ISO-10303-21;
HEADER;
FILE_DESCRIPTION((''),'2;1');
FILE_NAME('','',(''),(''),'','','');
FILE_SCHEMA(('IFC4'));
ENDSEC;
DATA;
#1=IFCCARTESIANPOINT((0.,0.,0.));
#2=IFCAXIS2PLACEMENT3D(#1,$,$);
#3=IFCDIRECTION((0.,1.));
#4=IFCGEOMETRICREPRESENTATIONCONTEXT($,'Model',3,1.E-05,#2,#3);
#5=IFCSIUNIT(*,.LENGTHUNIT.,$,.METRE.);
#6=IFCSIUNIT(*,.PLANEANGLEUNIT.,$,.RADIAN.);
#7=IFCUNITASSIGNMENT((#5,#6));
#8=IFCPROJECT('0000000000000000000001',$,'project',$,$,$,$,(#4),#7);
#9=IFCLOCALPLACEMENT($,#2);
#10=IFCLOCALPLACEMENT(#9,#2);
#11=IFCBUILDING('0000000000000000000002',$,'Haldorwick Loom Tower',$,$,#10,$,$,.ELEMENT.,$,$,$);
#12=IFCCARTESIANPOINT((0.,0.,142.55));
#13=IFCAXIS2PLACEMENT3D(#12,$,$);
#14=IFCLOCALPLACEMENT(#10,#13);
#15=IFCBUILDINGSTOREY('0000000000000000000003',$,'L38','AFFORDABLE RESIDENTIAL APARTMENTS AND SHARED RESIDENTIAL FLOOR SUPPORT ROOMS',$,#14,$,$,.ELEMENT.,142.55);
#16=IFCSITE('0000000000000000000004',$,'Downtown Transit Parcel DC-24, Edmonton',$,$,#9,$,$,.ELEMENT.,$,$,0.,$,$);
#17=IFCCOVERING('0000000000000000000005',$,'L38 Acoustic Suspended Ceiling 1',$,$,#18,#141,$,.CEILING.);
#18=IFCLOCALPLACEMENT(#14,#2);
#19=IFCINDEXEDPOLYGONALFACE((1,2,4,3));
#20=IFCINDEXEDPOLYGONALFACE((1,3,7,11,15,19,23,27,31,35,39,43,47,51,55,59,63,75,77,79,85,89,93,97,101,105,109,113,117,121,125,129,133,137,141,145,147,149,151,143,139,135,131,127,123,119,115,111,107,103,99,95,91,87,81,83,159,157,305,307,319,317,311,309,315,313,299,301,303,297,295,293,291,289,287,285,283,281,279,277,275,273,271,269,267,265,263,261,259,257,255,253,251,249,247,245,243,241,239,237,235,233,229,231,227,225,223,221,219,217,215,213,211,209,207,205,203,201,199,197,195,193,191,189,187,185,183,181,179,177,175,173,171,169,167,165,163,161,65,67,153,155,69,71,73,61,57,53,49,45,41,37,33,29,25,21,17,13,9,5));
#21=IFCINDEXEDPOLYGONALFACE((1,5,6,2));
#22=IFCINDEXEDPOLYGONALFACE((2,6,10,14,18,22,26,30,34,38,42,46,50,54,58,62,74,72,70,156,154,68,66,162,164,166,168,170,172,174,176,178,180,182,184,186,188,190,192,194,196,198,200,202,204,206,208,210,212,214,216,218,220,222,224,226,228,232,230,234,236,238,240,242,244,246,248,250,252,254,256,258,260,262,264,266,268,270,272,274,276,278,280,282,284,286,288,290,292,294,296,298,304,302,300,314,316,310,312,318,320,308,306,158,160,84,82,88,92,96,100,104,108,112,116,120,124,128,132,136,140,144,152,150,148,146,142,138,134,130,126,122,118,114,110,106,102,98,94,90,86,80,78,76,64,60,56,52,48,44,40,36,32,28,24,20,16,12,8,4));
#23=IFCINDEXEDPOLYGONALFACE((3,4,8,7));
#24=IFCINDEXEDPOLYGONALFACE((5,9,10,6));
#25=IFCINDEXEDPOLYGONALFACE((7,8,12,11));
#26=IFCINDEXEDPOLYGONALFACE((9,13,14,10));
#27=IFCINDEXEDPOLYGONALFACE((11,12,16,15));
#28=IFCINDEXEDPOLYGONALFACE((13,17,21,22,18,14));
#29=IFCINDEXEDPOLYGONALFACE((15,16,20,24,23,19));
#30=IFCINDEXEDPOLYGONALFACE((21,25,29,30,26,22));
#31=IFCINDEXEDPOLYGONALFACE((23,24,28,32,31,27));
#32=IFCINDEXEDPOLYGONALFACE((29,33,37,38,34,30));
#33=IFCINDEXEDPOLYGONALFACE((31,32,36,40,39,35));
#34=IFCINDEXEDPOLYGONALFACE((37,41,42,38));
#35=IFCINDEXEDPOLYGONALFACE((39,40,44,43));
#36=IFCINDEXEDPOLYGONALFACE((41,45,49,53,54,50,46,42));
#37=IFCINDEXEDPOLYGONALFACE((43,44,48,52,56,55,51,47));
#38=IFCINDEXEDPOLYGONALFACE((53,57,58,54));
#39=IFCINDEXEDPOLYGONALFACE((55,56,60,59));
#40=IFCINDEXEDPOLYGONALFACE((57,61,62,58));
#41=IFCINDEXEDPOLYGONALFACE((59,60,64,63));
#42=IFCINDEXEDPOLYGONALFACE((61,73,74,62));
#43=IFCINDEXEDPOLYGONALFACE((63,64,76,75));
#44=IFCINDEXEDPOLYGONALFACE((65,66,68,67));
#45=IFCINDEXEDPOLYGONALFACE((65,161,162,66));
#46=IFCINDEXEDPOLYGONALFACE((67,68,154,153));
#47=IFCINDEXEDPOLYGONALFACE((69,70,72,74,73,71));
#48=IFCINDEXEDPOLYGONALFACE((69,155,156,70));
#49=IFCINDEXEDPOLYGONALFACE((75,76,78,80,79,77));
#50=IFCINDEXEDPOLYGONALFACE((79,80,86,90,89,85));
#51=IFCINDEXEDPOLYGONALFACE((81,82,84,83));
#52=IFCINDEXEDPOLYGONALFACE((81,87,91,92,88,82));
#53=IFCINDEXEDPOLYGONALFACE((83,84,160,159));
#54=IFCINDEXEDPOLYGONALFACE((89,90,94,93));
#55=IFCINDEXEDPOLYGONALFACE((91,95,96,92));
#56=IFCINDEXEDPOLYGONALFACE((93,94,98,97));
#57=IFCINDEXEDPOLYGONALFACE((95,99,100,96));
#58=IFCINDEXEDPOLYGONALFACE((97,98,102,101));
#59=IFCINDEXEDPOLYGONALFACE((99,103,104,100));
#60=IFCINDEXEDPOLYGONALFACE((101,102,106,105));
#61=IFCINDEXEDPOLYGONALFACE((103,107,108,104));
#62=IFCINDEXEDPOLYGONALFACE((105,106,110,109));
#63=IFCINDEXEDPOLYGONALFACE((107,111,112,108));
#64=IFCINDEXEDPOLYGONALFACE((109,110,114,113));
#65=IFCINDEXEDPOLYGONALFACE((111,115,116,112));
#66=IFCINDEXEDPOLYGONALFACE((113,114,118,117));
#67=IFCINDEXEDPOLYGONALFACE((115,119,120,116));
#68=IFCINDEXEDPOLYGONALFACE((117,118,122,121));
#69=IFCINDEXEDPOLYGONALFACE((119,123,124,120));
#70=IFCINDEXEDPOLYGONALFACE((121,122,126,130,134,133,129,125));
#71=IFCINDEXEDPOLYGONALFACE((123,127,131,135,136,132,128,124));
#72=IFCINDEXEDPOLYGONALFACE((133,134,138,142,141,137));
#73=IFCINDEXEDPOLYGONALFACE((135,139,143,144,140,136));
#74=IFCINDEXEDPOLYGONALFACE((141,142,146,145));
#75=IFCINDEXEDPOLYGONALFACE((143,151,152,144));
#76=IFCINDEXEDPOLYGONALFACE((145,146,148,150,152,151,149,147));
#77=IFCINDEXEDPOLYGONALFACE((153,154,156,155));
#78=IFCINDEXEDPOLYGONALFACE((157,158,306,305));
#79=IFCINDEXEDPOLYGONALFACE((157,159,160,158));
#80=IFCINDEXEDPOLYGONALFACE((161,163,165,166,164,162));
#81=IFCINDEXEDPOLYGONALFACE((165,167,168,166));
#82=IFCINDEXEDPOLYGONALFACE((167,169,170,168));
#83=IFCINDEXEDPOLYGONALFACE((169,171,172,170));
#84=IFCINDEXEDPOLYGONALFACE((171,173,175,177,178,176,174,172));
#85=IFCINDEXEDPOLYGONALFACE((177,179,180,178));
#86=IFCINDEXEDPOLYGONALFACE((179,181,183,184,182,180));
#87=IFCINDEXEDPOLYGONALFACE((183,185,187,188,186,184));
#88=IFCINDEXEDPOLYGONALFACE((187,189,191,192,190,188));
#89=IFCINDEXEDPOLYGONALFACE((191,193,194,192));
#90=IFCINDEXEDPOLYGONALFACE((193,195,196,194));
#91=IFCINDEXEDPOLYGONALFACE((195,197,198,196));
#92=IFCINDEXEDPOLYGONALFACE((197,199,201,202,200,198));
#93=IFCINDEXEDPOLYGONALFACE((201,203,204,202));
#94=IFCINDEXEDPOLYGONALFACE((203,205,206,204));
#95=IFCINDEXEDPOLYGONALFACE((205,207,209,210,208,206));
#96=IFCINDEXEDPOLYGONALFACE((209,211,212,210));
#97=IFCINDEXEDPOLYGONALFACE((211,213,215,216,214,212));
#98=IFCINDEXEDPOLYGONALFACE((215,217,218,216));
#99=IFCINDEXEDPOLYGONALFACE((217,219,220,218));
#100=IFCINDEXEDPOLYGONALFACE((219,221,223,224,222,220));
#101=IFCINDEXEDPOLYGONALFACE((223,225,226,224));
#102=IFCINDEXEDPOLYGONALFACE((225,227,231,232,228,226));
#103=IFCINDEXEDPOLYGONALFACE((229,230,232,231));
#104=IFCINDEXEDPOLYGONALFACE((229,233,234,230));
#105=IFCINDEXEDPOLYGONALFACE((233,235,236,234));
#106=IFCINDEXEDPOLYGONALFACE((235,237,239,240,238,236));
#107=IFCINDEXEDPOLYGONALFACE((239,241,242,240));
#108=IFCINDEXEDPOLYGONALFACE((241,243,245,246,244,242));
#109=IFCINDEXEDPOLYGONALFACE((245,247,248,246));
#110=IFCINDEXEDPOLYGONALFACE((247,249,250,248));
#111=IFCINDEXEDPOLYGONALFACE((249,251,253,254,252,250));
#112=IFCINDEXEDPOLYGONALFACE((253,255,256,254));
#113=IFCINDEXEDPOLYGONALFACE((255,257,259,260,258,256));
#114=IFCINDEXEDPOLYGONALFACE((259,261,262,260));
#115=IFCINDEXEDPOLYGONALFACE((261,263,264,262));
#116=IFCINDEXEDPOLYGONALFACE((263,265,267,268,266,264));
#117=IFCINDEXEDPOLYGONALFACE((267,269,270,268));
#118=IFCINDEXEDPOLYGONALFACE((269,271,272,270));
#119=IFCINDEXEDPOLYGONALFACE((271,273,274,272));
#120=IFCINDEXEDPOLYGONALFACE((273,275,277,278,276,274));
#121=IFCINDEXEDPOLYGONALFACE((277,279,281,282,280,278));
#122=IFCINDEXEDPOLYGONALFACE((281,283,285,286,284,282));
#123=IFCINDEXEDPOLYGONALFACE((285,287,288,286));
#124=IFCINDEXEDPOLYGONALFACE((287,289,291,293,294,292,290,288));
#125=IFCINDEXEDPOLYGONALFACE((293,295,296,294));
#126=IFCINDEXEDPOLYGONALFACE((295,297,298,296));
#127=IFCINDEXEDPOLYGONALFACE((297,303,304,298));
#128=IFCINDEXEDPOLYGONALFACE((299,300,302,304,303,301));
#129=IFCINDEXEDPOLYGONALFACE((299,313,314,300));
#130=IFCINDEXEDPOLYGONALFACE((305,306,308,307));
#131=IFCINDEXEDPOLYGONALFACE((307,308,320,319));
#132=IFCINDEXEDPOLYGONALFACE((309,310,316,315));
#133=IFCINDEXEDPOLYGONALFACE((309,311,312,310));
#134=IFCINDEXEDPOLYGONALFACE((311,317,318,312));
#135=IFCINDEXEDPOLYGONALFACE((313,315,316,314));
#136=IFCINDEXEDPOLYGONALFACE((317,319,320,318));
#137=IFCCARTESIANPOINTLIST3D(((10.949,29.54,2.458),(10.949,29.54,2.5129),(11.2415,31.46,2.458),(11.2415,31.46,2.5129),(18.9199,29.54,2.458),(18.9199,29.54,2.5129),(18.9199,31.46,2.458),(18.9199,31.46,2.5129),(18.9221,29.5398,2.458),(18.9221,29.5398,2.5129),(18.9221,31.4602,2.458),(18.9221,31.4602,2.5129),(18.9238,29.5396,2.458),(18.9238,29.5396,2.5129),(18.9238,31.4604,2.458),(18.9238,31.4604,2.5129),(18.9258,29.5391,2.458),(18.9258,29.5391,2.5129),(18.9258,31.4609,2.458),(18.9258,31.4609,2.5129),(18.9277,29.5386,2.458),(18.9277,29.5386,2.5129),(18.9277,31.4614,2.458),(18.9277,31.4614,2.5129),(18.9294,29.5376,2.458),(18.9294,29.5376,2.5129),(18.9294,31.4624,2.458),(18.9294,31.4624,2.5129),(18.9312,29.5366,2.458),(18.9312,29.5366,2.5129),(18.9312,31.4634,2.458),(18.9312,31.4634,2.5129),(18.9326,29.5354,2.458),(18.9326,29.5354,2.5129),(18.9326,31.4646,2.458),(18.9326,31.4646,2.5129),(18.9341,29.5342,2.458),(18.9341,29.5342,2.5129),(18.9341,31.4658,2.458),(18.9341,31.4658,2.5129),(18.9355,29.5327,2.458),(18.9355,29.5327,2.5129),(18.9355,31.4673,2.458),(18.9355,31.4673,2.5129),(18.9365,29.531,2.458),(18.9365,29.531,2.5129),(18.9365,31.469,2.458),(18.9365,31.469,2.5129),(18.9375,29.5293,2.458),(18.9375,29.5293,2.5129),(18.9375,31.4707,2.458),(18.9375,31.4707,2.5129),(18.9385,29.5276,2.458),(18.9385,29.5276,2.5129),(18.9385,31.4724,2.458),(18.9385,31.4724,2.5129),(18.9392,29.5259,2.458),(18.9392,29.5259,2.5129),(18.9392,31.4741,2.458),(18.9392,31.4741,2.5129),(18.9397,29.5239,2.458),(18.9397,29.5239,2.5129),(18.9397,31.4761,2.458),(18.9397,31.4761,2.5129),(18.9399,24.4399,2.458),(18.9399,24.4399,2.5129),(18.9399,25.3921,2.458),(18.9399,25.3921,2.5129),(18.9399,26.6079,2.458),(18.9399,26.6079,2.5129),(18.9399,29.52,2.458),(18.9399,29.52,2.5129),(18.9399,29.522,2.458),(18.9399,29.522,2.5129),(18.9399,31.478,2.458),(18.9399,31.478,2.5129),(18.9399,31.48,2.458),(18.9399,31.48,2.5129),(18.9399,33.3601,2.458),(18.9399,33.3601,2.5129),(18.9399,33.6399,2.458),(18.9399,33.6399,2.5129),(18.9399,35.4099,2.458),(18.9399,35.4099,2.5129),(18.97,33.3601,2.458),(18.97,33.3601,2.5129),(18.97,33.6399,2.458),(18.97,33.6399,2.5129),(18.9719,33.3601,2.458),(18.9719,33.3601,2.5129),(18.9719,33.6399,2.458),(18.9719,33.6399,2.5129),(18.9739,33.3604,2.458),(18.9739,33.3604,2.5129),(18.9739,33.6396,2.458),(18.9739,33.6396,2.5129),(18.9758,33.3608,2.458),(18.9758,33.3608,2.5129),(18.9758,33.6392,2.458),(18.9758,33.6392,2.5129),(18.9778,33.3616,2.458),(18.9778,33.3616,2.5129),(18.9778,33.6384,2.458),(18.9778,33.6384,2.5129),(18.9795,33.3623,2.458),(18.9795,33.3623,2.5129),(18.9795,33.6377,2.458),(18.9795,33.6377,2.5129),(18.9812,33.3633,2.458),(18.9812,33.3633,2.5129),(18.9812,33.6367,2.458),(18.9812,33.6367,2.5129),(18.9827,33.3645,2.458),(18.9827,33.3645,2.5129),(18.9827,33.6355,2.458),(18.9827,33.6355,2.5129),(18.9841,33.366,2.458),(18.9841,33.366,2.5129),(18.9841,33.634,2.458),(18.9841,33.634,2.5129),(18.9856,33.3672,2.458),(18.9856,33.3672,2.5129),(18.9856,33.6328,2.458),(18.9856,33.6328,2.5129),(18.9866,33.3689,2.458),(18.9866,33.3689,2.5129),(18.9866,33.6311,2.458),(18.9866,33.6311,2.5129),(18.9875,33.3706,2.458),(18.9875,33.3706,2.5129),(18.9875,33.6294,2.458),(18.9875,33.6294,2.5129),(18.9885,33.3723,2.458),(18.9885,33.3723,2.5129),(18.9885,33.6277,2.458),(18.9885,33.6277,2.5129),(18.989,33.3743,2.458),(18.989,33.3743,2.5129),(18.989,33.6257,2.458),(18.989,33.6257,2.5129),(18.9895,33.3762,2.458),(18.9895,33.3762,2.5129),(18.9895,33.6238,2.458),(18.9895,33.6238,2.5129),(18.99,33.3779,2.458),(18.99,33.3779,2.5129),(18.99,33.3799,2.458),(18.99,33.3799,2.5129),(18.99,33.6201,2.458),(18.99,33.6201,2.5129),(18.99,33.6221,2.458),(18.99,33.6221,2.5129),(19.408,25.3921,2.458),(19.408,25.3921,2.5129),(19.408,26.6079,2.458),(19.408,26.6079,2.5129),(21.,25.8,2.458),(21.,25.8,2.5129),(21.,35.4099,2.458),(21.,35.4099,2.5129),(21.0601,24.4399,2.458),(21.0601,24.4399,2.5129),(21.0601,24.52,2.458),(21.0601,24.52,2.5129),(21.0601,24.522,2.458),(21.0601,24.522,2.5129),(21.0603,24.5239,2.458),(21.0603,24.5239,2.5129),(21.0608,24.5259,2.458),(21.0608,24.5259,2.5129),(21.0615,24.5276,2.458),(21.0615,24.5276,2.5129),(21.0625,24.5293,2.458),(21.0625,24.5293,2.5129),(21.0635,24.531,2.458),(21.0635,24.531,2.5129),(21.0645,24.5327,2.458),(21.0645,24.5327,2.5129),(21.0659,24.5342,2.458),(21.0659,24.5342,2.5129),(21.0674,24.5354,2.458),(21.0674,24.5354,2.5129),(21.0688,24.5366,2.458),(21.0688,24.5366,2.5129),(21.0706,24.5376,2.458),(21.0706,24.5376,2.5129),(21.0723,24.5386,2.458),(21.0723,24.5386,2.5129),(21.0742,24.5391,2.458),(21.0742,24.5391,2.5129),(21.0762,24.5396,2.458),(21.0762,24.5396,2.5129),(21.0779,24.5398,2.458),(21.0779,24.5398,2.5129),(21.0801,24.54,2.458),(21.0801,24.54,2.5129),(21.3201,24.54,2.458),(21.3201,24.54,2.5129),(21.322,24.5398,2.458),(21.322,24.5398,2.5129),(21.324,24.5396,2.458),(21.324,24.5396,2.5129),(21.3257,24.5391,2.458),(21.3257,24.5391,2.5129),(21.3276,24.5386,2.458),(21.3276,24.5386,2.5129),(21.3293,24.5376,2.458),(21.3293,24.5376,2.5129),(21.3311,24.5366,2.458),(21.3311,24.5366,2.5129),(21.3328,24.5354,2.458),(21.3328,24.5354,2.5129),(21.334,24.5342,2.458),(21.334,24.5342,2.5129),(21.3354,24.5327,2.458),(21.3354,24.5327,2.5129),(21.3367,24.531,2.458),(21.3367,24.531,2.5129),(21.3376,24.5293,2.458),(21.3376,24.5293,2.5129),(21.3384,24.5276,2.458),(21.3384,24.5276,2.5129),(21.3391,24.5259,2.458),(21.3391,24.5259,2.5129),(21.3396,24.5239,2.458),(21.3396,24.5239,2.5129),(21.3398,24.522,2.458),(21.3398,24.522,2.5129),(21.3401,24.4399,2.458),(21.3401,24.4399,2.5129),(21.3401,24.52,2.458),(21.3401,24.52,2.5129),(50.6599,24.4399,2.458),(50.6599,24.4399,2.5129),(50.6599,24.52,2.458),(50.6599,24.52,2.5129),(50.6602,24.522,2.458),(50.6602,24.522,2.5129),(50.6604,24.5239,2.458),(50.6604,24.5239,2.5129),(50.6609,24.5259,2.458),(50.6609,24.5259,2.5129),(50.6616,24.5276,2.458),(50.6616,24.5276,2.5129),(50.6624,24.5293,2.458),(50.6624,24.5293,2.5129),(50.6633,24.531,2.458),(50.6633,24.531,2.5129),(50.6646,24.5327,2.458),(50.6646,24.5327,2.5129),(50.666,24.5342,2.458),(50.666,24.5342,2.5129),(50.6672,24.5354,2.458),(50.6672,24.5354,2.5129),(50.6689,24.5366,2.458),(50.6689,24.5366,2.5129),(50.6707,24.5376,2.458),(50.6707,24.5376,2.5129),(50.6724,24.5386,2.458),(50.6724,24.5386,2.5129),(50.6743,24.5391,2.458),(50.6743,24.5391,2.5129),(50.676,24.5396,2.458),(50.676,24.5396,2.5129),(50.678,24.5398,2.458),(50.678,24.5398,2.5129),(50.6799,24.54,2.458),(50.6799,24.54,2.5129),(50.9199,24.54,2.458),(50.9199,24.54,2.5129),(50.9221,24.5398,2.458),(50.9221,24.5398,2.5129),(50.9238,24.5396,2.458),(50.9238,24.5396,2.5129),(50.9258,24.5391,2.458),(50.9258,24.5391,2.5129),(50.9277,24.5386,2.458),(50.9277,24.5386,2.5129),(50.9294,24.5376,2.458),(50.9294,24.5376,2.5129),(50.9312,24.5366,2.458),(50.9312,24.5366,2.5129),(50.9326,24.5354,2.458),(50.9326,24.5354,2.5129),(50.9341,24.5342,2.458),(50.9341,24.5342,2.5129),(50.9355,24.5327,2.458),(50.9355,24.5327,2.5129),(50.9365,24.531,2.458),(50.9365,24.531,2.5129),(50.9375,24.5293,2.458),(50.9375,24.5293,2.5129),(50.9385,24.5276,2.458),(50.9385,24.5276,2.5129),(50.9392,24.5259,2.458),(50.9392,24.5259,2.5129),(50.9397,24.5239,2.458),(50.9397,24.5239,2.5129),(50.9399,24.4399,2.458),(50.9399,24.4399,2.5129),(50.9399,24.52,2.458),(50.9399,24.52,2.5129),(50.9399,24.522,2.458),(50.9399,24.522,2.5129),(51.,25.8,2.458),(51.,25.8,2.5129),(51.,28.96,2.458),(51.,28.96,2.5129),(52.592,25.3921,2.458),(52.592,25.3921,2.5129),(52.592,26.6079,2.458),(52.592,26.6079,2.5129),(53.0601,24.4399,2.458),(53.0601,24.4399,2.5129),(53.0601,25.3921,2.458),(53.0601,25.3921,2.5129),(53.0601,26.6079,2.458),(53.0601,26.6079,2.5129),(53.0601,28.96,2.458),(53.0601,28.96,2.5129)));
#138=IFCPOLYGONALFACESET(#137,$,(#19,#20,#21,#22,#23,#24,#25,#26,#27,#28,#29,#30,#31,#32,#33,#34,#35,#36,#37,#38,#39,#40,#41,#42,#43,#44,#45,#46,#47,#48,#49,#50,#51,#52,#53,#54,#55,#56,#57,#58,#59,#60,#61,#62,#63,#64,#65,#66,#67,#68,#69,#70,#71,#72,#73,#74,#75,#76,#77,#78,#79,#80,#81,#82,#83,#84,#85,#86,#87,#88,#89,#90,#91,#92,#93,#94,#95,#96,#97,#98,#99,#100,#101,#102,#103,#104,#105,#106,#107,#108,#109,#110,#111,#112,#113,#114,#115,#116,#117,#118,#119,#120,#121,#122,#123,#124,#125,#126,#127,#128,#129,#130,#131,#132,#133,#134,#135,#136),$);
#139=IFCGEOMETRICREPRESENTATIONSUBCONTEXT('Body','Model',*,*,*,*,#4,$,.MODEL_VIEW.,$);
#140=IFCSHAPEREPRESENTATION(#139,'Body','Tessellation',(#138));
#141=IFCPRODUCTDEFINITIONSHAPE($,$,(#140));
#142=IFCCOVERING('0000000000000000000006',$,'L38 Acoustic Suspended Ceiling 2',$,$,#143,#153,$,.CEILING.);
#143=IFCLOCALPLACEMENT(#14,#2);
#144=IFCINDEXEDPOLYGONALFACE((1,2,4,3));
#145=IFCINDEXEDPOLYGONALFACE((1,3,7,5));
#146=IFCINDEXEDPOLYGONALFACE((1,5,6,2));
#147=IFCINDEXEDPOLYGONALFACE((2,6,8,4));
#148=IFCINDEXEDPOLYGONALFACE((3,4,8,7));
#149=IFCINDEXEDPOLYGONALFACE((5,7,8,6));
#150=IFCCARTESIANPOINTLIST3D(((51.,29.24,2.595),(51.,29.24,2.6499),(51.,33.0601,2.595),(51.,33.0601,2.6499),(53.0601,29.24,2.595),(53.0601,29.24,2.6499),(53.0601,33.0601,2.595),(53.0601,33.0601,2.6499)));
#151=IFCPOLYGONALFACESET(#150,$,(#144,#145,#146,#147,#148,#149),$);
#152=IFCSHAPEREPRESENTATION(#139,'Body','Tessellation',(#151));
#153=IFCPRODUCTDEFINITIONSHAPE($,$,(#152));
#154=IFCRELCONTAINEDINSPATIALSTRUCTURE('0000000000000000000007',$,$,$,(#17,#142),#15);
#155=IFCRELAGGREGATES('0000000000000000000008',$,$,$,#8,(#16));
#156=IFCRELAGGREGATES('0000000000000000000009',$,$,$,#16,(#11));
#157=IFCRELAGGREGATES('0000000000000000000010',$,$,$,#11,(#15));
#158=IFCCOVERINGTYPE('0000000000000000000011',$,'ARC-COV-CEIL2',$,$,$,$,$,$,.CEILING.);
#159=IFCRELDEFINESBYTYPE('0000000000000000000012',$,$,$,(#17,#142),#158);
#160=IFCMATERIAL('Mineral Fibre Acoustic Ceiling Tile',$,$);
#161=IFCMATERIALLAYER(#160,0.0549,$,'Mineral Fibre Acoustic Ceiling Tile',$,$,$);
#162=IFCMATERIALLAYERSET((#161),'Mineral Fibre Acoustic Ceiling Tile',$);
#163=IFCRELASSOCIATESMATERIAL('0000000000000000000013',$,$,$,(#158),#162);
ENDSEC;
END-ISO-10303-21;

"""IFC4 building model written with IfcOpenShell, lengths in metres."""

from ifc_helpers import new_model, si_unit, direction, frame, origin, place, context, subcontext, project, spatial, polyline, outline, extrude, material, layer, layer_set, type_object, element, save


model = new_model("IFC4")

# Units and contexts
model_context = context("Model", 3, precision=1e-05, world=origin(), true_north=direction((0.0, 1.0)))
body_context = subcontext(model_context, "Body", "Model", "MODEL_VIEW")
ifc_project = project(units=[si_unit("LENGTHUNIT", "METRE"), si_unit("PLANEANGLEUNIT", "RADIAN")], contexts=[model_context])

# Site, building, storey
site_placement = place(None, origin())
site = spatial("IfcSite", under=ifc_project, at=site_placement, Name="Downtown Transit Parcel DC-24, Edmonton", CompositionType="ELEMENT", RefElevation=0.0)
building_placement = place(site_placement, origin())
building = spatial("IfcBuilding", under=site, at=building_placement, Name="Haldorwick Loom Tower", CompositionType="ELEMENT")
storey_placement = place(building_placement, frame((0.0, 0.0, 142.55)))
storey = spatial("IfcBuildingStorey", under=building, at=storey_placement, Name="L38", Description="AFFORDABLE RESIDENTIAL APARTMENTS AND SHARED RESIDENTIAL FLOOR SUPPORT ROOMS", CompositionType="ELEMENT", Elevation=142.55)

# Coverings
ifc_material_1 = material(Name="Mineral Fibre Acoustic Ceiling Tile")
ifc_layer_1 = layer(ifc_material_1, 0.0549, Name="Mineral Fibre Acoustic Ceiling Tile")
ifc_layer_set_1 = layer_set([ifc_layer_1], Name="Mineral Fibre Acoustic Ceiling Tile")
covering_type_1 = type_object("IfcCoveringType", Name="ARC-COV-CEIL2", PredefinedType="CEILING", material=ifc_layer_set_1)
covering_1_placement = place(storey_placement, frame((0.0, 0.0, 2.458)))
element("IfcCovering", 1, at=covering_1_placement, inside=storey, type_object=covering_type_1, Name="L38 Acoustic Suspended Ceiling 1", PredefinedType="CEILING", context=body_context, shape_type="SweptSolid", body=[
    extrude(outline(polyline([(10.949, 29.54), (18.9199, 29.54), (18.9221, 29.5398), (18.9238, 29.5396), (18.9258, 29.5391), (18.9277, 29.5386), (18.9294, 29.5376), (18.9312, 29.5366), (18.9326, 29.5354), (18.9341, 29.5342), (18.9355, 29.5327), (18.9365, 29.531), (18.9375, 29.5293), (18.9385, 29.5276), (18.9392, 29.5259), (18.9397, 29.5239), (18.9399, 29.522), (18.9399, 29.52), (18.9399, 26.6079), (19.408, 26.6079), (19.408, 25.3921), (18.9399, 25.3921), (18.9399, 24.4399), (21.0601, 24.4399), (21.0601, 24.52), (21.0601, 24.522), (21.0603, 24.5239), (21.0608, 24.5259), (21.0615, 24.5276), (21.0625, 24.5293), (21.0635, 24.531), (21.0645, 24.5327), (21.0659, 24.5342), (21.0674, 24.5354), (21.0688, 24.5366), (21.0706, 24.5376), (21.0723, 24.5386), (21.0742, 24.5391), (21.0762, 24.5396), (21.0779, 24.5398), (21.0801, 24.54), (21.3201, 24.54), (21.322, 24.5398), (21.324, 24.5396), (21.3257, 24.5391), (21.3276, 24.5386), (21.3293, 24.5376), (21.3311, 24.5366), (21.3328, 24.5354), (21.334, 24.5342), (21.3354, 24.5327), (21.3367, 24.531), (21.3376, 24.5293), (21.3384, 24.5276), (21.3391, 24.5259), (21.3396, 24.5239), (21.3398, 24.522), (21.3401, 24.52), (21.3401, 24.4399), (50.6599, 24.4399), (50.6599, 24.52), (50.6602, 24.522), (50.6604, 24.5239), (50.6609, 24.5259), (50.6616, 24.5276), (50.6624, 24.5293), (50.6633, 24.531), (50.6646, 24.5327), (50.666, 24.5342), (50.6672, 24.5354), (50.6689, 24.5366), (50.6707, 24.5376), (50.6724, 24.5386), (50.6743, 24.5391), (50.676, 24.5396), (50.678, 24.5398), (50.6799, 24.54), (50.9199, 24.54), (50.9221, 24.5398), (50.9238, 24.5396), (50.9258, 24.5391), (50.9277, 24.5386), (50.9294, 24.5376), (50.9312, 24.5366), (50.9326, 24.5354), (50.9341, 24.5342), (50.9355, 24.5327), (50.9365, 24.531), (50.9375, 24.5293), (50.9385, 24.5276), (50.9392, 24.5259), (50.9397, 24.5239), (50.9399, 24.522), (50.9399, 24.52), (50.9399, 24.4399), (53.0601, 24.4399), (53.0601, 25.3921), (52.592, 25.3921), (52.592, 26.6079), (53.0601, 26.6079), (53.0601, 28.96), (51.0, 28.96), (51.0, 25.8), (21.0, 25.8), (21.0, 35.4099), (18.9399, 35.4099), (18.9399, 33.6399), (18.97, 33.6399), (18.9719, 33.6399), (18.9739, 33.6396), (18.9758, 33.6392), (18.9778, 33.6384), (18.9795, 33.6377), (18.9812, 33.6367), (18.9827, 33.6355), (18.9841, 33.634), (18.9856, 33.6328), (18.9866, 33.6311), (18.9875, 33.6294), (18.9885, 33.6277), (18.989, 33.6257), (18.9895, 33.6238), (18.99, 33.6221), (18.99, 33.6201), (18.99, 33.3799), (18.99, 33.3779), (18.9895, 33.3762), (18.989, 33.3743), (18.9885, 33.3723), (18.9875, 33.3706), (18.9866, 33.3689), (18.9856, 33.3672), (18.9841, 33.366), (18.9827, 33.3645), (18.9812, 33.3633), (18.9795, 33.3623), (18.9778, 33.3616), (18.9758, 33.3608), (18.9739, 33.3604), (18.9719, 33.3601), (18.97, 33.3601), (18.9399, 33.3601), (18.9399, 31.48), (18.9399, 31.478), (18.9397, 31.4761), (18.9392, 31.4741), (18.9385, 31.4724), (18.9375, 31.4707), (18.9365, 31.469), (18.9355, 31.4673), (18.9341, 31.4658), (18.9326, 31.4646), (18.9312, 31.4634), (18.9294, 31.4624), (18.9277, 31.4614), (18.9258, 31.4609), (18.9238, 31.4604), (18.9221, 31.4602), (18.9199, 31.46), (11.2415, 31.46), (10.949, 29.54)])), origin(), (0.0, 0.0, 1.0), 0.0549),
])
covering_2_placement = place(storey_placement, frame((0.0, 0.0, 2.595)))
element("IfcCovering", 2, at=covering_2_placement, inside=storey, type_object=covering_type_1, Name="L38 Acoustic Suspended Ceiling 2", PredefinedType="CEILING", context=body_context, shape_type="SweptSolid", body=[
    extrude(outline(polyline([(51.0, 33.0601), (51.0, 29.24), (53.0601, 29.24), (53.0601, 33.0601), (51.0, 33.0601)])), origin(), (0.0, 0.0, 1.0), 0.0549),
])

save(model, "model.ifc")
